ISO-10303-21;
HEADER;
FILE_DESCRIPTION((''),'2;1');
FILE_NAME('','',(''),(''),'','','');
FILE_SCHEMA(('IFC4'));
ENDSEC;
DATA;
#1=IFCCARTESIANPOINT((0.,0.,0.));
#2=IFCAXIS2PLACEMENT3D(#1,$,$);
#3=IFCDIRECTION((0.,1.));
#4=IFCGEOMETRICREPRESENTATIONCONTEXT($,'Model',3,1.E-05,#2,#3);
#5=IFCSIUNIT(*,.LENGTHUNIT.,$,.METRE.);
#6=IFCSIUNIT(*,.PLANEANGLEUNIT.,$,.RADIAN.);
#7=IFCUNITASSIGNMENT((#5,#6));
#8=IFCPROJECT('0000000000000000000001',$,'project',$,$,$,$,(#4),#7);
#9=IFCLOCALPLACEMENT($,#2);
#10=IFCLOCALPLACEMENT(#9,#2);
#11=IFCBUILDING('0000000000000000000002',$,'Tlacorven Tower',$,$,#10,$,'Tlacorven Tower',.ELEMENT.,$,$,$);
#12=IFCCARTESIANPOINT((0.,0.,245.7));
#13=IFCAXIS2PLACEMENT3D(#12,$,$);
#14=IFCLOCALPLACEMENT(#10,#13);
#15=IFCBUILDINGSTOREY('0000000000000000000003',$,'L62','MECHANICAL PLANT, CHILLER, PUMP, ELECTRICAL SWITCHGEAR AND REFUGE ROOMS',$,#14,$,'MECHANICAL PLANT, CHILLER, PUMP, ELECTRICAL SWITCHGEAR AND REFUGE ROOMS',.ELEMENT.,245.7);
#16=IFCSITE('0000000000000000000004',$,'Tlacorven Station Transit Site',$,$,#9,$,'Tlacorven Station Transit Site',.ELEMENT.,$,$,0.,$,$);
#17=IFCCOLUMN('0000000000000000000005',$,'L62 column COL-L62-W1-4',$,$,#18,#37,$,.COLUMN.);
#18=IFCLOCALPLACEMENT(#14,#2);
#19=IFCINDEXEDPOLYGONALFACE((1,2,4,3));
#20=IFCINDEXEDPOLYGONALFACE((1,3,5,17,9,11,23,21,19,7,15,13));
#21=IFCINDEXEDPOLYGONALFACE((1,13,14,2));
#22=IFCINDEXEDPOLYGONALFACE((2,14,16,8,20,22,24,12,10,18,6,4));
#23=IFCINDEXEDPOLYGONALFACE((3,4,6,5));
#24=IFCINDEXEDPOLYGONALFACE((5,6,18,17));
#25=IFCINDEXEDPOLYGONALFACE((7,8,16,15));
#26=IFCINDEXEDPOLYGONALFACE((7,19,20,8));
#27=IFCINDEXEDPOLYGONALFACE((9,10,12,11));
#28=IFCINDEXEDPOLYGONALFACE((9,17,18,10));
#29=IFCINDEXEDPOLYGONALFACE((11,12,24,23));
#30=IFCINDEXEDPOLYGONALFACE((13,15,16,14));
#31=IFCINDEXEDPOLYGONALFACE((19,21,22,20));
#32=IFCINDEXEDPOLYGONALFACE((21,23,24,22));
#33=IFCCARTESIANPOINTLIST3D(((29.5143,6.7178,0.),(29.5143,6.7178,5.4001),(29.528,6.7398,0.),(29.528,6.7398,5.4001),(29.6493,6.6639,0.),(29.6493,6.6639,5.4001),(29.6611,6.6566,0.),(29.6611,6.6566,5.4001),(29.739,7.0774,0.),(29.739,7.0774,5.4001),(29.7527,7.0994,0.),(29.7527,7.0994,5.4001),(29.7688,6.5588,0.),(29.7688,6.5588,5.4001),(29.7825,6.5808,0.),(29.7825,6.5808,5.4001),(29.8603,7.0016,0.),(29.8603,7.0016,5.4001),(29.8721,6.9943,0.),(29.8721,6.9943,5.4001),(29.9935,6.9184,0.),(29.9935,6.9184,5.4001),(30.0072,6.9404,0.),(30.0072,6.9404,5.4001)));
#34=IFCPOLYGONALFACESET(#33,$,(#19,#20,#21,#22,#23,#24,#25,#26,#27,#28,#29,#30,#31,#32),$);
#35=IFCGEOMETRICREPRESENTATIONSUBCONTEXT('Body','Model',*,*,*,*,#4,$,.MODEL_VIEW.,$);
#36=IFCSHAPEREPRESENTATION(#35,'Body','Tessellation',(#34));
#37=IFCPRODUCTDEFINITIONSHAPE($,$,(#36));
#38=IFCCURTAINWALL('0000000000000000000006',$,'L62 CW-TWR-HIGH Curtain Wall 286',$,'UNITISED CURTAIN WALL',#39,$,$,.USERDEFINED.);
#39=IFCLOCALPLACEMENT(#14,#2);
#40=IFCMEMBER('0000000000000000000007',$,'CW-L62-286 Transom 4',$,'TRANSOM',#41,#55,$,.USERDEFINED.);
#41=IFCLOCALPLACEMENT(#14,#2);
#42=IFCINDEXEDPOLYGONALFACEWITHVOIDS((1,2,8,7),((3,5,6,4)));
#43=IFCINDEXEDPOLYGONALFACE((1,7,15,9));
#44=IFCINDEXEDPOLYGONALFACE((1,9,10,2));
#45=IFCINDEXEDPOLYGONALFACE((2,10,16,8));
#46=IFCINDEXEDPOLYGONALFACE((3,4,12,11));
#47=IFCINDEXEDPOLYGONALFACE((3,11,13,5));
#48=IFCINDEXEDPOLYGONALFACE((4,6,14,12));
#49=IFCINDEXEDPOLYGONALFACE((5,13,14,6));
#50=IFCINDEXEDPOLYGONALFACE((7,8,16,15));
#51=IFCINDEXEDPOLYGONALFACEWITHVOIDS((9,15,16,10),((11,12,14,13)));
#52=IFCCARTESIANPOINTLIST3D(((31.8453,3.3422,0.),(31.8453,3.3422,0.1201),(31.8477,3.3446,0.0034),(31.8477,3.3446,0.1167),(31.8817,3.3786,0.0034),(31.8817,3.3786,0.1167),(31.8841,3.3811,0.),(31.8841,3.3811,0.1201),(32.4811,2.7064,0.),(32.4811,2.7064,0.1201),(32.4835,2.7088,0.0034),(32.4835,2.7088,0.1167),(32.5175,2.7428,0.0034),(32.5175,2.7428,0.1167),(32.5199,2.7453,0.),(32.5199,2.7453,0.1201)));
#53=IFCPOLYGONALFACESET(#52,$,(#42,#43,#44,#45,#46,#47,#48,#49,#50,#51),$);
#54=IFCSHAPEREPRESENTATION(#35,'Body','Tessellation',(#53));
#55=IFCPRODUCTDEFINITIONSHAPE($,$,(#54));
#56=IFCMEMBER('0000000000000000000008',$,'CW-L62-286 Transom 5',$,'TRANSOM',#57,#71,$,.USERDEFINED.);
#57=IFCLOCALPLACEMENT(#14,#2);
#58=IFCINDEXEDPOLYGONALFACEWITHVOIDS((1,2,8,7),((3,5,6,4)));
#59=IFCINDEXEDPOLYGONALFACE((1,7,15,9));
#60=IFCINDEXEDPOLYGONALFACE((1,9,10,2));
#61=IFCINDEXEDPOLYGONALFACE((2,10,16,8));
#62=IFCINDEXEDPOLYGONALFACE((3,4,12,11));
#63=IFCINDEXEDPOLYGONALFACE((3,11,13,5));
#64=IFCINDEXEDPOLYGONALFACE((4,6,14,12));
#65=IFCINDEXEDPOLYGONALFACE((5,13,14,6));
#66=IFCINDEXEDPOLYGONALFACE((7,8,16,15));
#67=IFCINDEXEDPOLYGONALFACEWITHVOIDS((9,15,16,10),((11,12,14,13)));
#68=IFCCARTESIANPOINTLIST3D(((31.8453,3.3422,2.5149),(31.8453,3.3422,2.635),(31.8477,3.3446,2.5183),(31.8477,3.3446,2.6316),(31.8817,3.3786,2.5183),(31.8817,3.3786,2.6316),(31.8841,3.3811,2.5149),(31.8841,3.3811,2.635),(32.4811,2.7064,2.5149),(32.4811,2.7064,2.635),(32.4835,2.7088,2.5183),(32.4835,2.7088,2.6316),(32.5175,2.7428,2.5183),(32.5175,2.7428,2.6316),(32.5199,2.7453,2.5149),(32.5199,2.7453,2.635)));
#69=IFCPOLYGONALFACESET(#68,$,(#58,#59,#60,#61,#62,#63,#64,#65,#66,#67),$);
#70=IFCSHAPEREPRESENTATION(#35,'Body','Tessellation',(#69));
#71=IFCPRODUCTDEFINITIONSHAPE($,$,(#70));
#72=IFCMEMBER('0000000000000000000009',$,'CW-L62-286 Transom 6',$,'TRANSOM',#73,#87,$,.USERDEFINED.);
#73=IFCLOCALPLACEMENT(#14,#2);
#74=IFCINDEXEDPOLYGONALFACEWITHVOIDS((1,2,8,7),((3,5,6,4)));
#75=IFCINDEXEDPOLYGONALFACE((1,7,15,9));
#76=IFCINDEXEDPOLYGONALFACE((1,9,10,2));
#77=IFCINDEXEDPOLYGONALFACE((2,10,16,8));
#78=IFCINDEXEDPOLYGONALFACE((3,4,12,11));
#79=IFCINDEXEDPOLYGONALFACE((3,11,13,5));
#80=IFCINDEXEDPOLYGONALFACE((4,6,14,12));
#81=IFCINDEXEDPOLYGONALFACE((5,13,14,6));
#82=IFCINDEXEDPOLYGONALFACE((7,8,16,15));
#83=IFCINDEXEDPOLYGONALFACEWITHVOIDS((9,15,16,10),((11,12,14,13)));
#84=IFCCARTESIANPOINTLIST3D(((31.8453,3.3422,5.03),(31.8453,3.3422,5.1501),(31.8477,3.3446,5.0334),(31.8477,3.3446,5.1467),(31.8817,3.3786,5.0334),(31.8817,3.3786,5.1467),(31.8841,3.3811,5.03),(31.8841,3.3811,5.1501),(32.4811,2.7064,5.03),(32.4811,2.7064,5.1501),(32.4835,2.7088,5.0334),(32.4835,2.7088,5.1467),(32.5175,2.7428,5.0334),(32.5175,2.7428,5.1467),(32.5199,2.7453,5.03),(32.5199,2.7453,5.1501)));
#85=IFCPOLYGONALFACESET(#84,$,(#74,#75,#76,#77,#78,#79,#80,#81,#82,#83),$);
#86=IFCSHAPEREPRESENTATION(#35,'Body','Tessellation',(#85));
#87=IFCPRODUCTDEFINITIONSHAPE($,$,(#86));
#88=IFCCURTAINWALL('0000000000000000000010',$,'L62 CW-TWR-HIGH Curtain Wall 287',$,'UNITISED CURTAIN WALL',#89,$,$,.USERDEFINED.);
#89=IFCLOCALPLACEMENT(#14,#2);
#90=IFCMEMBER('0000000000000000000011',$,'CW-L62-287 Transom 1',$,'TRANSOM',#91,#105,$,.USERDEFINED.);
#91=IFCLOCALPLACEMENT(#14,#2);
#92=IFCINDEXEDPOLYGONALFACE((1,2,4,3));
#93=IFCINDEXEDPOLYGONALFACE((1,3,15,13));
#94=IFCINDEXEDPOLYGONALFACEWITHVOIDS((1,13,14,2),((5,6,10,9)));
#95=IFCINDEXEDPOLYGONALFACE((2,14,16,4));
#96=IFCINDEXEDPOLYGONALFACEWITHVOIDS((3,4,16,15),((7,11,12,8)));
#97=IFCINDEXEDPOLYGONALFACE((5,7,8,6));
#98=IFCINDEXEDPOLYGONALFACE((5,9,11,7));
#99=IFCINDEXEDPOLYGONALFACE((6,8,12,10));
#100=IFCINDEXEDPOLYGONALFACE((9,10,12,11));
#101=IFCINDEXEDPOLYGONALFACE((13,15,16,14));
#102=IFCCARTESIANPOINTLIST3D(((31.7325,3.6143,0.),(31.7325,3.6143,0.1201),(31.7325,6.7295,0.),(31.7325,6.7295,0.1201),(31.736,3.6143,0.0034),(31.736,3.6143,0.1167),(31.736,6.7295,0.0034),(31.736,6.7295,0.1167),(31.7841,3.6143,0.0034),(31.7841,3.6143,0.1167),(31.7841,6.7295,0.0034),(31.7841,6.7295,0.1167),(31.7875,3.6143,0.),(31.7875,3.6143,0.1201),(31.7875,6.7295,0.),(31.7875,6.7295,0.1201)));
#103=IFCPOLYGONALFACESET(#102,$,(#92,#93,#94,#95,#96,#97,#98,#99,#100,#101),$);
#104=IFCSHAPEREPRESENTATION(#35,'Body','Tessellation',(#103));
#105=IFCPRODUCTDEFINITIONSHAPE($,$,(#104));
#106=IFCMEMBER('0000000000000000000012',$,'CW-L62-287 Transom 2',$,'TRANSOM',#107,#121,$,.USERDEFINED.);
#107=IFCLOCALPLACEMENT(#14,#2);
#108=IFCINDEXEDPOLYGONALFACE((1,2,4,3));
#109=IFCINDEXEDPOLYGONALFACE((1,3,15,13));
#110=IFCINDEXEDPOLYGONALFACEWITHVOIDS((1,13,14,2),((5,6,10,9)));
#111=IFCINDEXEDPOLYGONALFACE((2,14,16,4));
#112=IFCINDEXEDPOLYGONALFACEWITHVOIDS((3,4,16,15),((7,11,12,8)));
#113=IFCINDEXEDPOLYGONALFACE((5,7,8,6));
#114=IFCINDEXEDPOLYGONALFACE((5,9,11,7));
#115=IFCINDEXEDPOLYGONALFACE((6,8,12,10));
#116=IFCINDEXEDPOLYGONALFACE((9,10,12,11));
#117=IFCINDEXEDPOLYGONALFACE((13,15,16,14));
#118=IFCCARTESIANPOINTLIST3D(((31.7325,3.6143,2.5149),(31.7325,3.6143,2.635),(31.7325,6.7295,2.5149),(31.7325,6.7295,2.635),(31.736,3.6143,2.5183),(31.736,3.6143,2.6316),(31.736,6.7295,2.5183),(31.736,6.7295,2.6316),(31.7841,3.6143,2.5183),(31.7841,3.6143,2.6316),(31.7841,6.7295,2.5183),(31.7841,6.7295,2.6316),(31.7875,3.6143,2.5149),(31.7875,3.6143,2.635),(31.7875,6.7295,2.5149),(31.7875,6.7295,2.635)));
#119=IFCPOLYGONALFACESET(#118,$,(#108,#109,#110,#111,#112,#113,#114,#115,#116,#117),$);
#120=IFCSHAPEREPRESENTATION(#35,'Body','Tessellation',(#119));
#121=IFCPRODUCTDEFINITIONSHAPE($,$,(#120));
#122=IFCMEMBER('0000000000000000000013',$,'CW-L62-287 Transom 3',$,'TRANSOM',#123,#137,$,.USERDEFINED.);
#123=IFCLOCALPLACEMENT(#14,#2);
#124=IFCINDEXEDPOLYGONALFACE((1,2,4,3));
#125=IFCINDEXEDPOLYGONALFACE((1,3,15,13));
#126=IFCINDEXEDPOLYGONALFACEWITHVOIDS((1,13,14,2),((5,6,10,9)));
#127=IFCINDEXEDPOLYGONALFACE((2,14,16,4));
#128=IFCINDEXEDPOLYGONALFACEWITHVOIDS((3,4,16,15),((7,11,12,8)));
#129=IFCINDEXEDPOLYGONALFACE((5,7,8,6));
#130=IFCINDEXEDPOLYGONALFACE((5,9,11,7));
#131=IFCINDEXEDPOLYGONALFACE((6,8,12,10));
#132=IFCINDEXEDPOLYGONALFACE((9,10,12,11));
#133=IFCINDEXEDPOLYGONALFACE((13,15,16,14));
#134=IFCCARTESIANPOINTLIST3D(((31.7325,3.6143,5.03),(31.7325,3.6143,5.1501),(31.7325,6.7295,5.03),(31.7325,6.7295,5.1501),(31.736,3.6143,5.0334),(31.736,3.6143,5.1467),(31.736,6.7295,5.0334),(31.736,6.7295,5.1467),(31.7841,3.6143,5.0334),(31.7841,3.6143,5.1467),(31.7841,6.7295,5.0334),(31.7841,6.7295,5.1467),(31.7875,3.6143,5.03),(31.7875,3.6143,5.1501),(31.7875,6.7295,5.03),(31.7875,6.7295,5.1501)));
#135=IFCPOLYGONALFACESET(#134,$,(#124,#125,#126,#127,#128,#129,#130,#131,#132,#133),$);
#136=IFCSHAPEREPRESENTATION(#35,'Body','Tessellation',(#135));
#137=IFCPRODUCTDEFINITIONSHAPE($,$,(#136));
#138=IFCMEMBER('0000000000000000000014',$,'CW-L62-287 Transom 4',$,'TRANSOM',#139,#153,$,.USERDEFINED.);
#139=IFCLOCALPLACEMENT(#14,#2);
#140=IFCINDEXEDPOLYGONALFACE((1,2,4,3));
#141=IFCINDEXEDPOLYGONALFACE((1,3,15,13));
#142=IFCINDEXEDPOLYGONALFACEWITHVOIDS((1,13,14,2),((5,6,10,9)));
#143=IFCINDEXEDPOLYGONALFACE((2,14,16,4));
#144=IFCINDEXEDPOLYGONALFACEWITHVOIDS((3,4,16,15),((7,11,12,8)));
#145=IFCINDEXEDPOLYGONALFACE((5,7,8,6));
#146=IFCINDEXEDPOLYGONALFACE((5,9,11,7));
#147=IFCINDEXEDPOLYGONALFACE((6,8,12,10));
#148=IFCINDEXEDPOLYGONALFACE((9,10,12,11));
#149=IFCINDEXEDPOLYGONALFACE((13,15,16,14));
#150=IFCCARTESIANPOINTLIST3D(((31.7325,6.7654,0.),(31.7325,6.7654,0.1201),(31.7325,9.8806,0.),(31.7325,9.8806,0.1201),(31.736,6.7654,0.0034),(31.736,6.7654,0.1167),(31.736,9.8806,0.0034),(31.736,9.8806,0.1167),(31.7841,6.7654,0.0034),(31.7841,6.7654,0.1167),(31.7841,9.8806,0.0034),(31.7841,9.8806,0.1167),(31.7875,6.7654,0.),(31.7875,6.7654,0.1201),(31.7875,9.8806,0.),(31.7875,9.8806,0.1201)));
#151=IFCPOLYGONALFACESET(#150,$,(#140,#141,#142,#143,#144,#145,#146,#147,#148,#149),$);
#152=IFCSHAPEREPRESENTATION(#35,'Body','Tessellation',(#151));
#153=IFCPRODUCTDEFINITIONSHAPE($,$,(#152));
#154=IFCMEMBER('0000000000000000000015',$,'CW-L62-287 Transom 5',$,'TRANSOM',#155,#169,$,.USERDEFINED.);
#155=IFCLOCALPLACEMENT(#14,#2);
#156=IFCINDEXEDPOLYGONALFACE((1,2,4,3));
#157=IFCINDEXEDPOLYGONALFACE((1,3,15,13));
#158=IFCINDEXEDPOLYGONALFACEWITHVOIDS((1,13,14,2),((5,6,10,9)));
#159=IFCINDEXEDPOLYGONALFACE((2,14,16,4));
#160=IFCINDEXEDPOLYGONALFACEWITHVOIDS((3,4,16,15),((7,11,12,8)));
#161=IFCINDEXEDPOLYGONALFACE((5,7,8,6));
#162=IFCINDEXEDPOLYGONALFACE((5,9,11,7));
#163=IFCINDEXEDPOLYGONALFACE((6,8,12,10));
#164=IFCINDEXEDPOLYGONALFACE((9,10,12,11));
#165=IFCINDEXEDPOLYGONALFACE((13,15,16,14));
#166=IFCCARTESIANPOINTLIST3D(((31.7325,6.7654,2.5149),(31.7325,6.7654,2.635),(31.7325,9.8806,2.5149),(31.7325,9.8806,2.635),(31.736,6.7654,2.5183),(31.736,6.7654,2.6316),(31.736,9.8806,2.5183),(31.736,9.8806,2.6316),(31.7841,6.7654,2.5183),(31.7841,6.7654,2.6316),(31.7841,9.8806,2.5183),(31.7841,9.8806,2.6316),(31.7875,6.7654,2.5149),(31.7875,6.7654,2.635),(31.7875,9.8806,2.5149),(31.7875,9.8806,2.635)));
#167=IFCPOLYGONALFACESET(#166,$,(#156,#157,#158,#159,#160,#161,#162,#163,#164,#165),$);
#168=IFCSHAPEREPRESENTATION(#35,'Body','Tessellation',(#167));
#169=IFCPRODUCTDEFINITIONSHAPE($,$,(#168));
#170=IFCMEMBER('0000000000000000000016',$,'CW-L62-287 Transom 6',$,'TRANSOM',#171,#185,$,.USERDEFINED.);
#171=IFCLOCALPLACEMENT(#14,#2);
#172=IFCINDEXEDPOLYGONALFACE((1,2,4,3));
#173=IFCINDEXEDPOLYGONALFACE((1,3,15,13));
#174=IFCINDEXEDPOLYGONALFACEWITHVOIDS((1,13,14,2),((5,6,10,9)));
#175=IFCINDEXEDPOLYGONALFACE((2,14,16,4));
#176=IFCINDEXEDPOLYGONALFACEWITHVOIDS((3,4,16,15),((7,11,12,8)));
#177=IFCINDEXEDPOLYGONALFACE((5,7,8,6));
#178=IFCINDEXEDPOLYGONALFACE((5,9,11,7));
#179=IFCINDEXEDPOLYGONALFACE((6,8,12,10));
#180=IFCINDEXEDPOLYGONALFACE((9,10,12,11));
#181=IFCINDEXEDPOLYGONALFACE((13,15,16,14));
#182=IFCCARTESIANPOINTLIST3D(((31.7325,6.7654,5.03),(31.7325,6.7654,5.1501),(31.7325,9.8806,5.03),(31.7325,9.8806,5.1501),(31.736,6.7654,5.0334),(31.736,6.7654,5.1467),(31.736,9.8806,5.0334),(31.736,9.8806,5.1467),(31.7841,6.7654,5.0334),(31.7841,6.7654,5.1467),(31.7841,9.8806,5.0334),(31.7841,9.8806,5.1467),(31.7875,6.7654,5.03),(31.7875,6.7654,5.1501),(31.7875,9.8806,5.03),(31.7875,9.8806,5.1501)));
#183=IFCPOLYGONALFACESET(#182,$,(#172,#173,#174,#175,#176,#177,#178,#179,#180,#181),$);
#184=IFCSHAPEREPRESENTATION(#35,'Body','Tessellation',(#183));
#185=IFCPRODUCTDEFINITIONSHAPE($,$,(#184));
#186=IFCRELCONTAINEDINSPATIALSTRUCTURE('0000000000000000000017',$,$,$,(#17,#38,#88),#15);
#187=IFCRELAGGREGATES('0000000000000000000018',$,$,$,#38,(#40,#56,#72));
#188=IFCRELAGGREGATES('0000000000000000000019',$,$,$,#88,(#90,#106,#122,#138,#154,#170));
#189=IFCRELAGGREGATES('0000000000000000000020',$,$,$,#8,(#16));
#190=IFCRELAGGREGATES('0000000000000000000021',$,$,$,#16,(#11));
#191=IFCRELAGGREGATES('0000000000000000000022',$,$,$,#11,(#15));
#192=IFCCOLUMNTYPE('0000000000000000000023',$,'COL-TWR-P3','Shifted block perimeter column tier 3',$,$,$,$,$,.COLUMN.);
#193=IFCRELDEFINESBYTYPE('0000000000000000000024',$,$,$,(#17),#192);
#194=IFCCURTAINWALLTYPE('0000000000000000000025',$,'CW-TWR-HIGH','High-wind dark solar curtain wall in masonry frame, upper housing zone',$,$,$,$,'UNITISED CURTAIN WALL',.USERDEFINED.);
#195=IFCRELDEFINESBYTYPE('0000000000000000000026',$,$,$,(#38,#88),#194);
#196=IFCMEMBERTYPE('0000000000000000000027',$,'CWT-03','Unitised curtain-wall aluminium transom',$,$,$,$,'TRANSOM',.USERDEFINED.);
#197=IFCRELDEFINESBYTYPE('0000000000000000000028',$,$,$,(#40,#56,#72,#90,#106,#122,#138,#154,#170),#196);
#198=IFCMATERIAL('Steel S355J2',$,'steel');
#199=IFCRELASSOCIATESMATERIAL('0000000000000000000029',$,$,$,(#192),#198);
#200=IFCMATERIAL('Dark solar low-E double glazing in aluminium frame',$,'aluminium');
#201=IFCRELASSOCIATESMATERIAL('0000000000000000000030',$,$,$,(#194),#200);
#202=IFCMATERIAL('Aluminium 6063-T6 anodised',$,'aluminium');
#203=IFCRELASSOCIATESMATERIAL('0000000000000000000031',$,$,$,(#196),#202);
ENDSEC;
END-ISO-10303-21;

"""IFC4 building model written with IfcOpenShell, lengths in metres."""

from ifc_helpers import new_model, si_unit, direction, frame, origin, origin_2d, place, context, subcontext, project, spatial, hollow_rectangle, i_section, extrude, source, transform, mapped, material, material_profile, profile_set, type_object, element, aggregate, save


model = new_model("IFC4")

# Units and contexts
model_context = context("Model", 3, precision=1e-05, world=origin(), true_north=direction((0.0, 1.0)))
body_context = subcontext(model_context, "Body", "Model", "MODEL_VIEW")
ifc_project = project(units=[si_unit("LENGTHUNIT", "METRE"), si_unit("PLANEANGLEUNIT", "RADIAN")], contexts=[model_context])

# Site, building, storey
site_placement = place(None, origin())
site = spatial("IfcSite", under=ifc_project, at=site_placement, Name="Tlacorven Station Transit Site", LongName="Tlacorven Station Transit Site", CompositionType="ELEMENT", RefElevation=0.0)
building_placement = place(site_placement, origin())
building = spatial("IfcBuilding", under=site, at=building_placement, Name="Tlacorven Tower", LongName="Tlacorven Tower", CompositionType="ELEMENT")
storey_placement = place(building_placement, frame((0.0, 0.0, 245.7)))
storey = spatial("IfcBuildingStorey", under=building, at=storey_placement, Name="L62", Description="MECHANICAL PLANT, CHILLER, PUMP, ELECTRICAL SWITCHGEAR AND REFUGE ROOMS", LongName="MECHANICAL PLANT, CHILLER, PUMP, ELECTRICAL SWITCHGEAR AND REFUGE ROOMS", CompositionType="ELEMENT", Elevation=245.7)

# Column
ifc_material_1 = material(Name="Steel S355J2", Category="steel")
ifc_material_profile_1 = material_profile(ifc_material_1, i_section(OverallWidth=0.3, OverallDepth=0.45, WebThickness=0.0139, FlangeThickness=0.0259, at=origin_2d()), Name="HEB 450")
ifc_profile_set_1 = profile_set([ifc_material_profile_1], Name="Steel S355J2")
column_type = type_object("IfcColumnType", Name="COL-TWR-P3", Description="Shifted block perimeter column tier 3", PredefinedType="COLUMN", material=ifc_profile_set_1)
shared_shape_1 = source(origin(), body_context, "Body", "SweptSolid", [
    extrude(i_section(OverallWidth=0.3, OverallDepth=0.45, WebThickness=0.0139, FlangeThickness=0.0259, at=origin_2d()), origin(), (0.0, 0.0, 1.0), 5.4001),
])
column_placement = place(storey_placement, frame((29.7607, 6.8291, 0.0), z_axis=(0.0, 0.0, 1.0), x_axis=(-0.848048, 0.529919, 0.0)))
element("IfcColumn", 1, at=column_placement, inside=storey, type_object=column_type, Name="L62 column COL-L62-W1-4", PredefinedType="COLUMN", context=body_context, shape_type="MappedRepresentation", body=[
    mapped(shared_shape_1, transform((0.0, 0.0, 0.0), scale=1.0)),
])

# Curtain walls, members
ifc_material_2 = material(Name="Dark solar low-E double glazing in aluminium frame", Category="aluminium")
curtain_wall_type = type_object("IfcCurtainWallType", Name="CW-TWR-HIGH", Description="High-wind dark solar curtain wall in masonry frame, upper housing zone", ElementType="UNITISED CURTAIN WALL", PredefinedType="USERDEFINED", material=ifc_material_2)
curtain_wall_1_placement = place(storey_placement, origin())
curtain_wall_1 = element("IfcCurtainWall", 2, at=curtain_wall_1_placement, inside=storey, type_object=curtain_wall_type, Name="L62 CW-TWR-HIGH Curtain Wall 286", ObjectType="UNITISED CURTAIN WALL", PredefinedType="USERDEFINED")
ifc_material_3 = material(Name="Aluminium 6063-T6 anodised", Category="aluminium")
ifc_material_profile_2 = material_profile(ifc_material_3, hollow_rectangle(XDim=0.0549, YDim=0.1201, WallThickness=0.0034, at=origin_2d()), Name="ALU TRANSOM 55X120")
ifc_profile_set_2 = profile_set([ifc_material_profile_2], Name="Aluminium 6063-T6 anodised")
member_type_1 = type_object("IfcMemberType", Name="CWT-03", Description="Unitised curtain-wall aluminium transom", ElementType="TRANSOM", PredefinedType="USERDEFINED", material=ifc_profile_set_2)
shared_shape_2 = source(origin(), body_context, "Body", "SweptSolid", [
    extrude(hollow_rectangle(XDim=0.0549, YDim=0.1201, WallThickness=0.0034, at=origin_2d()), origin(), (0.0, 0.0, 1.0), 0.8992),
])
member_1_placement = place(storey_placement, frame((32.5005, 2.7258, 0.0601), z_axis=(-0.707107, 0.707107, 0.0), x_axis=(-0.707107, -0.707107, 0.0)))
member_1 = element("IfcMember", 3, at=member_1_placement, type_object=member_type_1, Name="CW-L62-286 Transom 4", ObjectType="TRANSOM", PredefinedType="USERDEFINED", context=body_context, shape_type="MappedRepresentation", body=[
    mapped(shared_shape_2, transform((0.0, 0.0, 0.0), scale=1.0)),
])
member_2_placement = place(storey_placement, frame((32.5005, 2.7258, 2.575), z_axis=(-0.707107, 0.707107, 0.0), x_axis=(-0.707107, -0.707107, 0.0)))
member_2 = element("IfcMember", 4, at=member_2_placement, type_object=member_type_1, Name="CW-L62-286 Transom 5", ObjectType="TRANSOM", PredefinedType="USERDEFINED", context=body_context, shape_type="MappedRepresentation", body=[
    mapped(shared_shape_2, transform((0.0, 0.0, 0.0), scale=1.0)),
])
member_3_placement = place(storey_placement, frame((32.5005, 2.7258, 5.0901), z_axis=(-0.707107, 0.707107, 0.0), x_axis=(-0.707107, -0.707107, 0.0)))
member_3 = element("IfcMember", 5, at=member_3_placement, type_object=member_type_1, Name="CW-L62-286 Transom 6", ObjectType="TRANSOM", PredefinedType="USERDEFINED", context=body_context, shape_type="MappedRepresentation", body=[
    mapped(shared_shape_2, transform((0.0, 0.0, 0.0), scale=1.0)),
])
curtain_wall_2_placement = place(storey_placement, origin())
curtain_wall_2 = element("IfcCurtainWall", 6, at=curtain_wall_2_placement, inside=storey, type_object=curtain_wall_type, Name="L62 CW-TWR-HIGH Curtain Wall 287", ObjectType="UNITISED CURTAIN WALL", PredefinedType="USERDEFINED")
shared_shape_3 = source(origin(), body_context, "Body", "SweptSolid", [
    extrude(hollow_rectangle(XDim=0.0549, YDim=0.1201, WallThickness=0.0034, at=origin_2d()), origin(), (0.0, 0.0, 1.0), 3.1152),
])
member_4_placement = place(storey_placement, frame((31.76, 3.6143, 0.0601), z_axis=(0.0, 1.0, 0.0), x_axis=(-1.0, 0.0, 0.0)))
member_4 = element("IfcMember", 7, at=member_4_placement, type_object=member_type_1, Name="CW-L62-287 Transom 1", ObjectType="TRANSOM", PredefinedType="USERDEFINED", context=body_context, shape_type="MappedRepresentation", body=[
    mapped(shared_shape_3, transform((0.0, 0.0, 0.0), scale=1.0)),
])
member_5_placement = place(storey_placement, frame((31.76, 3.6143, 2.575), z_axis=(0.0, 1.0, 0.0), x_axis=(-1.0, 0.0, 0.0)))
member_5 = element("IfcMember", 8, at=member_5_placement, type_object=member_type_1, Name="CW-L62-287 Transom 2", ObjectType="TRANSOM", PredefinedType="USERDEFINED", context=body_context, shape_type="MappedRepresentation", body=[
    mapped(shared_shape_3, transform((0.0, 0.0, 0.0), scale=1.0)),
])
member_6_placement = place(storey_placement, frame((31.76, 3.6143, 5.0901), z_axis=(0.0, 1.0, 0.0), x_axis=(-1.0, 0.0, 0.0)))
member_6 = element("IfcMember", 9, at=member_6_placement, type_object=member_type_1, Name="CW-L62-287 Transom 3", ObjectType="TRANSOM", PredefinedType="USERDEFINED", context=body_context, shape_type="MappedRepresentation", body=[
    mapped(shared_shape_3, transform((0.0, 0.0, 0.0), scale=1.0)),
])
member_7_placement = place(storey_placement, frame((31.76, 6.7654, 0.0601), z_axis=(0.0, 1.0, 0.0), x_axis=(-1.0, 0.0, 0.0)))
member_7 = element("IfcMember", 10, at=member_7_placement, type_object=member_type_1, Name="CW-L62-287 Transom 4", ObjectType="TRANSOM", PredefinedType="USERDEFINED", context=body_context, shape_type="MappedRepresentation", body=[
    mapped(shared_shape_3, transform((0.0, 0.0, 0.0), scale=1.0)),
])
member_8_placement = place(storey_placement, frame((31.76, 6.7654, 2.575), z_axis=(0.0, 1.0, 0.0), x_axis=(-1.0, 0.0, 0.0)))
member_8 = element("IfcMember", 11, at=member_8_placement, type_object=member_type_1, Name="CW-L62-287 Transom 5", ObjectType="TRANSOM", PredefinedType="USERDEFINED", context=body_context, shape_type="MappedRepresentation", body=[
    mapped(shared_shape_3, transform((0.0, 0.0, 0.0), scale=1.0)),
])
member_9_placement = place(storey_placement, frame((31.76, 6.7654, 5.0901), z_axis=(0.0, 1.0, 0.0), x_axis=(-1.0, 0.0, 0.0)))
member_9 = element("IfcMember", 12, at=member_9_placement, type_object=member_type_1, Name="CW-L62-287 Transom 6", ObjectType="TRANSOM", PredefinedType="USERDEFINED", context=body_context, shape_type="MappedRepresentation", body=[
    mapped(shared_shape_3, transform((0.0, 0.0, 0.0), scale=1.0)),
])

aggregate(curtain_wall_1, [member_1, member_2, member_3])
aggregate(curtain_wall_2, [member_4, member_5, member_6, member_7, member_8, member_9])

save(model, "model.ifc")
